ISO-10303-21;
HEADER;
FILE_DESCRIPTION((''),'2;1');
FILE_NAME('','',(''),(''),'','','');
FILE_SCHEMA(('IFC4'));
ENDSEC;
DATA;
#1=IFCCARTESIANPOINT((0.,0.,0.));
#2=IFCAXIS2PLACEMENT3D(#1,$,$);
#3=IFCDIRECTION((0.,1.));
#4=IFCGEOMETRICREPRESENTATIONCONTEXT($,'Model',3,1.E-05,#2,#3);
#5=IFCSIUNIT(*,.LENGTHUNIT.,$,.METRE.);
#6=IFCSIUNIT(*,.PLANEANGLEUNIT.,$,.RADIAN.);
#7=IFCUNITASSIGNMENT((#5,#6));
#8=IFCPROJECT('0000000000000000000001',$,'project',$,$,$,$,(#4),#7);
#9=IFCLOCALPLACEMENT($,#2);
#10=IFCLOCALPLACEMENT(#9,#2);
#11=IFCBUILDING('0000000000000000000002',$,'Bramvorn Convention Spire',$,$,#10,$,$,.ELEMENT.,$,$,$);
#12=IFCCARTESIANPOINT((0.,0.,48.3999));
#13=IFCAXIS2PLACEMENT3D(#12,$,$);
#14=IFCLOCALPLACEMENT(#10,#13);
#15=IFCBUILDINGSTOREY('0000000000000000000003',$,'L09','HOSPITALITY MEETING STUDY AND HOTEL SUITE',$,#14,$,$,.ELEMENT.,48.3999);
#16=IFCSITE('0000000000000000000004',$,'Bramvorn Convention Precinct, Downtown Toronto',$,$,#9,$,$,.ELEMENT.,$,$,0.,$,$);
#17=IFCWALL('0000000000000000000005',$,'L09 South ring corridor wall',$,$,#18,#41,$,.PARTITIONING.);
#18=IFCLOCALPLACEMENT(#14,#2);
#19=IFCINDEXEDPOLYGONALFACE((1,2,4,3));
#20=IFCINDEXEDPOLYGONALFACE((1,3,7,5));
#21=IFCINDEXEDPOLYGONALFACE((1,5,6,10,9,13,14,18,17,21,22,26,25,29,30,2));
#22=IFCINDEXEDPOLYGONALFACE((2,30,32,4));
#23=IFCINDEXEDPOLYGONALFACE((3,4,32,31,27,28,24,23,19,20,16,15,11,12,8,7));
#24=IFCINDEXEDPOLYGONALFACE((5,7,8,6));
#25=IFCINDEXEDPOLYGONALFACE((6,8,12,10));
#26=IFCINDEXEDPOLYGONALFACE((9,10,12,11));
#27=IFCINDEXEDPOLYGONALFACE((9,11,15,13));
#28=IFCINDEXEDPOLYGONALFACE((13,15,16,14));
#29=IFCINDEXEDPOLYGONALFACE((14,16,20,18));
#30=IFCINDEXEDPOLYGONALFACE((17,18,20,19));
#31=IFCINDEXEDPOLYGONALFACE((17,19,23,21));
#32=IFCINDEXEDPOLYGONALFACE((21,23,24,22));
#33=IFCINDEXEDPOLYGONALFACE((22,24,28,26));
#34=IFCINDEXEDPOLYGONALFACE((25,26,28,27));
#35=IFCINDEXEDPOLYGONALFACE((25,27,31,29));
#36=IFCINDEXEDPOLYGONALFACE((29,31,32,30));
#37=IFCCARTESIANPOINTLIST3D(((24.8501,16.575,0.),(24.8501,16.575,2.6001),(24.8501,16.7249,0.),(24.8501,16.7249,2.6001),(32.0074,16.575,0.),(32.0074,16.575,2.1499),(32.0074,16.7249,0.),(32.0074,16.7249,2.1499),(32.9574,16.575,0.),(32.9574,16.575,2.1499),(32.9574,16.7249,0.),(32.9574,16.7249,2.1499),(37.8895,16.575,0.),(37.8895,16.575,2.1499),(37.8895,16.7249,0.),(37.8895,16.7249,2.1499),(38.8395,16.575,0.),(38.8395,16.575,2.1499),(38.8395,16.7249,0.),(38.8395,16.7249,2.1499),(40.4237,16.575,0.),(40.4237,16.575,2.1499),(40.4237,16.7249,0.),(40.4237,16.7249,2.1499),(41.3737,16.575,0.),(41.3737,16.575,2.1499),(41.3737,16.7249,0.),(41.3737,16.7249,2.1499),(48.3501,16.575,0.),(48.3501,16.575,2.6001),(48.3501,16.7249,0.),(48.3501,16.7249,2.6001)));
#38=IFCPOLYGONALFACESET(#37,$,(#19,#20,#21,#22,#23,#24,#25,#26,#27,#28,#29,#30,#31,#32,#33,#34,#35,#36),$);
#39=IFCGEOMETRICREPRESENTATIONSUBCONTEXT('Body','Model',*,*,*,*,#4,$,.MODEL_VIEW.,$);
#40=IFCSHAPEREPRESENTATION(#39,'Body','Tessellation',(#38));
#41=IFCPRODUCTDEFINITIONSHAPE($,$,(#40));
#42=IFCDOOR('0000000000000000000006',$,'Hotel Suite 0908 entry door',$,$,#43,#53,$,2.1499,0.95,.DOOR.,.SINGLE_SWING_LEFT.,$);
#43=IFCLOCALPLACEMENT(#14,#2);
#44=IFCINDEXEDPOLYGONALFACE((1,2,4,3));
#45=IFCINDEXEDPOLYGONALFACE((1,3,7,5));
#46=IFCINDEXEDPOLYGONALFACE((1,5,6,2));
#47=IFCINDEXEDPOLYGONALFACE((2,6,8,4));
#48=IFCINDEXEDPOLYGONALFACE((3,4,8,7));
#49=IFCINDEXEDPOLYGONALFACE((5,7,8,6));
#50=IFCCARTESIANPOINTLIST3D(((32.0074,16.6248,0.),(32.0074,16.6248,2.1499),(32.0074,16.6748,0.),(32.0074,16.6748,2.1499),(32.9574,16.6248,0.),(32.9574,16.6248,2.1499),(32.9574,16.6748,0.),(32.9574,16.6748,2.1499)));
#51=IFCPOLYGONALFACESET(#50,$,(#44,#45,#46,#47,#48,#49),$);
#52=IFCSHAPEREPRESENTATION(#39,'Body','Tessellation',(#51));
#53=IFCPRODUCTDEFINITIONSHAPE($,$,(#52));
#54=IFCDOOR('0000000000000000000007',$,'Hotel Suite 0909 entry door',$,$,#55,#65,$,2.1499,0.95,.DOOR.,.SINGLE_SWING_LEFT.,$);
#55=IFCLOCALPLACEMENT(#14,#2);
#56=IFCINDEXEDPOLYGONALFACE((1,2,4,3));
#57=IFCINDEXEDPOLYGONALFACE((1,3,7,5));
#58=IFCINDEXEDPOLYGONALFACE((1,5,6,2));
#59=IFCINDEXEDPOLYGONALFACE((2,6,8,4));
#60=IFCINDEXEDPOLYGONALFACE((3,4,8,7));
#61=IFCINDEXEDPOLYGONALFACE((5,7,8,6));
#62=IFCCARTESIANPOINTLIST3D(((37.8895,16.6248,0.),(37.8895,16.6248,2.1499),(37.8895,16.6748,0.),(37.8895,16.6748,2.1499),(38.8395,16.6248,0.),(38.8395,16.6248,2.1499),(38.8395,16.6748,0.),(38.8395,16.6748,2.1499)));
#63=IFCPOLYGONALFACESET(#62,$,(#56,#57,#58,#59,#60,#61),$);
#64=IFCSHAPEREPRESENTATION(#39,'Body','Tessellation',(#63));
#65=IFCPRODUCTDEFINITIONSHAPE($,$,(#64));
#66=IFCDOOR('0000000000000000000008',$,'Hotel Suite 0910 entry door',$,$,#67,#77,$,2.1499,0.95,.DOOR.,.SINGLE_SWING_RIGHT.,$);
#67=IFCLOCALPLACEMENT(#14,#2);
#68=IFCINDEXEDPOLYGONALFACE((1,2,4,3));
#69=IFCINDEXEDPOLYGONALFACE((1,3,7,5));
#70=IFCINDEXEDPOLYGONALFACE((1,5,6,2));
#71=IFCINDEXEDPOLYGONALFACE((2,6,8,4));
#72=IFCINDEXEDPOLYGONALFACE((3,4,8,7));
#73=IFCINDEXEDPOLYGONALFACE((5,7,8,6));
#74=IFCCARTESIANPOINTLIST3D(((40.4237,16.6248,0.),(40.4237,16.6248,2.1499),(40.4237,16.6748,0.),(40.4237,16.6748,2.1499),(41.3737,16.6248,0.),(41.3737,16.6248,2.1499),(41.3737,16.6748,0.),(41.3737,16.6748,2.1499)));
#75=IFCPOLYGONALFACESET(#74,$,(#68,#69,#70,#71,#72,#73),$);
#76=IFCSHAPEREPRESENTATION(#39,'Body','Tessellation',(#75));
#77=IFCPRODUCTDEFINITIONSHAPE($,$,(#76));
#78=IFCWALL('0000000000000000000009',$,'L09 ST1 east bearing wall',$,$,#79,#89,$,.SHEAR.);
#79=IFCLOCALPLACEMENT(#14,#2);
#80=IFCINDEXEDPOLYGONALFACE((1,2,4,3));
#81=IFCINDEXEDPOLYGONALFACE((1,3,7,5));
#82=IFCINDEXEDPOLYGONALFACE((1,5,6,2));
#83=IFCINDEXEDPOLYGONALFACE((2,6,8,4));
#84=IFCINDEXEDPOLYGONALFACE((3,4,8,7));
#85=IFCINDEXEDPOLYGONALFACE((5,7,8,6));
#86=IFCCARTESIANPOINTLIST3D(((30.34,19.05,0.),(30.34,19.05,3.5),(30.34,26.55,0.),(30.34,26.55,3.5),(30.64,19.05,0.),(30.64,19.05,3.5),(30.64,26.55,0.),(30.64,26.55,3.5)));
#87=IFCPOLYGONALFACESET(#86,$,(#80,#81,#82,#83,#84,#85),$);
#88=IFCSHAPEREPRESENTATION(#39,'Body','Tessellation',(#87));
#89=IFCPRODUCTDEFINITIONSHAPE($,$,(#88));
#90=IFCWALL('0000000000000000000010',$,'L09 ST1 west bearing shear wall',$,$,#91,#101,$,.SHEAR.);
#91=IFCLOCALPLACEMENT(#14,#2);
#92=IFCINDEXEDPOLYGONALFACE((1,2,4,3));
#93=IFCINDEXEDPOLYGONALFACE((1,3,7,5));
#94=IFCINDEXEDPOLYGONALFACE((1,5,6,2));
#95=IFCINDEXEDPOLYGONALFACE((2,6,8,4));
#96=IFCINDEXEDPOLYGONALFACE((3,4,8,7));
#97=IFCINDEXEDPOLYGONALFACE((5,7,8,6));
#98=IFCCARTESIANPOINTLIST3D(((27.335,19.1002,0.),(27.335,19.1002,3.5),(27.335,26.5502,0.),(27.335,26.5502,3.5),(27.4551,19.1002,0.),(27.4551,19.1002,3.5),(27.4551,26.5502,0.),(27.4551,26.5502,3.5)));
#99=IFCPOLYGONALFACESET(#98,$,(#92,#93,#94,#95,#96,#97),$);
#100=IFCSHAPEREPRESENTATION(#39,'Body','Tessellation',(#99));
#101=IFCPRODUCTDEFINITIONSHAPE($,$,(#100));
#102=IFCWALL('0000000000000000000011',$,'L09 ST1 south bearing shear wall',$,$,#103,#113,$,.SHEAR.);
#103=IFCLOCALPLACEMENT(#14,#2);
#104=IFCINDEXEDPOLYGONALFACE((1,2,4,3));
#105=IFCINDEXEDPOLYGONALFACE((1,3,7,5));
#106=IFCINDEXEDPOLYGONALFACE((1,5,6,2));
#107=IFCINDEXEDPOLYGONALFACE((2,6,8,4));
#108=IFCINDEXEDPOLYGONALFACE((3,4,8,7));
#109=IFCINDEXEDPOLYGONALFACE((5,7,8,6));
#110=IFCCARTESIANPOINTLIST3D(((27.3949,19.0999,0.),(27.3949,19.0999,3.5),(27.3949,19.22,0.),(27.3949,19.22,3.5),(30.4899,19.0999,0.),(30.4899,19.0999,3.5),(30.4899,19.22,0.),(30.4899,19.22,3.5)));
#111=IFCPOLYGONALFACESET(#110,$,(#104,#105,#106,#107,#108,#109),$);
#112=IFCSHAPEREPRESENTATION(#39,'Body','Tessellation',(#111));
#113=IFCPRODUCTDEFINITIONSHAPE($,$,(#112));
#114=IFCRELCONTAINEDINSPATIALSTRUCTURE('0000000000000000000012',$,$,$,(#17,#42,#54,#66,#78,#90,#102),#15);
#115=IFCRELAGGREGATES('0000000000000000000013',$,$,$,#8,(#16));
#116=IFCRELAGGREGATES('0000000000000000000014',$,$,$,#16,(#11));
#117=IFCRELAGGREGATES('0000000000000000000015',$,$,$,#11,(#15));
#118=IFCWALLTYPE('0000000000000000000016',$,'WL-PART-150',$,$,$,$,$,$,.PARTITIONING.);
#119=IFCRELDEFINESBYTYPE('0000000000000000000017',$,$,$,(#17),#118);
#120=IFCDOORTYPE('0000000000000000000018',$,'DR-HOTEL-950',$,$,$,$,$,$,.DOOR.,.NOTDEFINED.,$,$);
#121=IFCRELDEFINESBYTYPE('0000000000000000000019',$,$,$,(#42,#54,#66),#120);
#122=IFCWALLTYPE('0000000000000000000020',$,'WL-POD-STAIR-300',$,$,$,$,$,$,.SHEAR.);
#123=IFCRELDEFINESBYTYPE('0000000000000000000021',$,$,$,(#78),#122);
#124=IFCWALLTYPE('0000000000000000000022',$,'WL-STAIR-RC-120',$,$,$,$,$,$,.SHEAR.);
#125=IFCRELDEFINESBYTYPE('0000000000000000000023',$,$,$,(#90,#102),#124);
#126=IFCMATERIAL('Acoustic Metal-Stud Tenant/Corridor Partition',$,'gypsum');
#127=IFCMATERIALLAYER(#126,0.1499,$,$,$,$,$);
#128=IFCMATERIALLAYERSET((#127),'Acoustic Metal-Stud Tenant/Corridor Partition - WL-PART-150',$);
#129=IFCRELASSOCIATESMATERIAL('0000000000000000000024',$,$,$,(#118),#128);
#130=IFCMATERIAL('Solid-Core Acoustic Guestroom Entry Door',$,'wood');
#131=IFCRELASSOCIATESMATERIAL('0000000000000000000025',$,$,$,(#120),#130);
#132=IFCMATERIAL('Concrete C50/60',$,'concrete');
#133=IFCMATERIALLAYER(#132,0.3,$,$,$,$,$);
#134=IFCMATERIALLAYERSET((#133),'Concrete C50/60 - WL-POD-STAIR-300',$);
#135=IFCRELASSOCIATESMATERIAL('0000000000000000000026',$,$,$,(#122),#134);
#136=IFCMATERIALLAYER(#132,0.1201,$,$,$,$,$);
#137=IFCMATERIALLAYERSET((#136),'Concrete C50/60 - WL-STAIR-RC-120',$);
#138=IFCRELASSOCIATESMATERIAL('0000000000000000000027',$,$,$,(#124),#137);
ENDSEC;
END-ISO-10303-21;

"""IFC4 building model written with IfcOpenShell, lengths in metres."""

from ifc_helpers import new_model, si_unit, direction, frame, frame_2d, origin, place, context, subcontext, project, spatial, rectangle, extrude, material, layer, layer_set, type_object, element, fill, save


model = new_model("IFC4")

# Units and contexts
model_context = context("Model", 3, precision=1e-05, world=origin(), true_north=direction((0.0, 1.0)))
body_context = subcontext(model_context, "Body", "Model", "MODEL_VIEW")
ifc_project = project(units=[si_unit("LENGTHUNIT", "METRE"), si_unit("PLANEANGLEUNIT", "RADIAN")], contexts=[model_context])

# Site, building, storey
site_placement = place(None, origin())
site = spatial("IfcSite", under=ifc_project, at=site_placement, Name="Bramvorn Convention Precinct, Downtown Toronto", CompositionType="ELEMENT", RefElevation=0.0)
building_placement = place(site_placement, origin())
building = spatial("IfcBuilding", under=site, at=building_placement, Name="Bramvorn Convention Spire", CompositionType="ELEMENT")
storey_placement = place(building_placement, frame((0.0, 0.0, 48.3999)))
storey = spatial("IfcBuildingStorey", under=building, at=storey_placement, Name="L09", Description="HOSPITALITY MEETING STUDY AND HOTEL SUITE", CompositionType="ELEMENT", Elevation=48.3999)

# Wall, openings, doors
ifc_material_1 = material(Name="Acoustic Metal-Stud Tenant/Corridor Partition", Category="gypsum")
ifc_layer_1 = layer(ifc_material_1, 0.1499)
ifc_layer_set_1 = layer_set([ifc_layer_1], Name="Acoustic Metal-Stud Tenant/Corridor Partition - WL-PART-150")
wall_type_1 = type_object("IfcWallType", Name="WL-PART-150", PredefinedType="PARTITIONING", material=ifc_layer_set_1)
wall_1_placement = place(storey_placement, frame((24.8501, 16.6499, 0.0), z_axis=(0.0, 0.0, 1.0), x_axis=(1.0, 0.0, 0.0)))
wall_1 = element("IfcWall", 1, at=wall_1_placement, inside=storey, type_object=wall_type_1, Name="L09 South ring corridor wall", PredefinedType="PARTITIONING", context=body_context, shape_type="SweptSolid", body=[
    extrude(rectangle(XDim=23.5, YDim=0.1499, at=frame_2d((11.75, 0.0))), origin(), (0.0, 0.0, 1.0), 2.6001),
])
opening_1_placement = place(wall_1_placement, frame((7.1572, 0.0, 0.0)))
opening_1 = element("IfcOpeningElement", 2, at=opening_1_placement, cuts=wall_1, PredefinedType="OPENING", context=body_context, shape_type="SweptSolid", body=[
    extrude(rectangle(XDim=0.95, YDim=2.1499, at=frame_2d((0.4751, 1.075))), frame((0.0, 0.085, 0.0), z_axis=(0.0, -1.0, 0.0), x_axis=(1.0, 0.0, 0.0)), (0.0, 0.0, 1.0), 0.1699),
])
opening_2_placement = place(wall_1_placement, frame((13.0393, 0.0, 0.0)))
opening_2 = element("IfcOpeningElement", 3, at=opening_2_placement, cuts=wall_1, PredefinedType="OPENING", context=body_context, shape_type="SweptSolid", body=[
    extrude(rectangle(XDim=0.95, YDim=2.1499, at=frame_2d((0.4751, 1.075))), frame((0.0, 0.085, 0.0), z_axis=(0.0, -1.0, 0.0), x_axis=(1.0, 0.0, 0.0)), (0.0, 0.0, 1.0), 0.1699),
])
opening_3_placement = place(wall_1_placement, frame((15.5735, 0.0, 0.0)))
opening_3 = element("IfcOpeningElement", 4, at=opening_3_placement, cuts=wall_1, PredefinedType="OPENING", context=body_context, shape_type="SweptSolid", body=[
    extrude(rectangle(XDim=0.95, YDim=2.1499, at=frame_2d((0.4751, 1.075))), frame((0.0, 0.085, 0.0), z_axis=(0.0, -1.0, 0.0), x_axis=(1.0, 0.0, 0.0)), (0.0, 0.0, 1.0), 0.1699),
])
ifc_material_2 = material(Name="Solid-Core Acoustic Guestroom Entry Door", Category="wood")
door_type_1 = type_object("IfcDoorType", Name="DR-HOTEL-950", OperationType="NOTDEFINED", PredefinedType="DOOR", material=ifc_material_2)
door_1_placement = place(opening_1_placement, origin())
door_1 = element("IfcDoor", 5, at=door_1_placement, inside=storey, type_object=door_type_1, Name="Hotel Suite 0908 entry door", OperationType="SINGLE_SWING_LEFT", OverallHeight=2.1499, OverallWidth=0.95, PredefinedType="DOOR", context=body_context, shape_type="SweptSolid", body=[
    extrude(rectangle(XDim=0.95, YDim=2.1499, at=frame_2d((0.4751, 1.075))), frame((0.0, 0.0249, 0.0), z_axis=(0.0, -1.0, 0.0), x_axis=(1.0, 0.0, 0.0)), (0.0, 0.0, 1.0), 0.05),
])
fill(opening_1, door_1)
door_2_placement = place(opening_2_placement, origin())
door_2 = element("IfcDoor", 6, at=door_2_placement, inside=storey, type_object=door_type_1, Name="Hotel Suite 0909 entry door", OperationType="SINGLE_SWING_LEFT", OverallHeight=2.1499, OverallWidth=0.95, PredefinedType="DOOR", context=body_context, shape_type="SweptSolid", body=[
    extrude(rectangle(XDim=0.95, YDim=2.1499, at=frame_2d((0.4751, 1.075))), frame((0.0, 0.0249, 0.0), z_axis=(0.0, -1.0, 0.0), x_axis=(1.0, 0.0, 0.0)), (0.0, 0.0, 1.0), 0.05),
])
fill(opening_2, door_2)
door_3_placement = place(opening_3_placement, origin())
door_3 = element("IfcDoor", 7, at=door_3_placement, inside=storey, type_object=door_type_1, Name="Hotel Suite 0910 entry door", OperationType="SINGLE_SWING_RIGHT", OverallHeight=2.1499, OverallWidth=0.95, PredefinedType="DOOR", context=body_context, shape_type="SweptSolid", body=[
    extrude(rectangle(XDim=0.95, YDim=2.1499, at=frame_2d((0.4751, 1.075))), frame((0.0, 0.0249, 0.0), z_axis=(0.0, -1.0, 0.0), x_axis=(1.0, 0.0, 0.0)), (0.0, 0.0, 1.0), 0.05),
])
fill(opening_3, door_3)

# Walls
ifc_material_3 = material(Name="Concrete C50/60", Category="concrete")
ifc_layer_2 = layer(ifc_material_3, 0.3)
ifc_layer_set_2 = layer_set([ifc_layer_2], Name="Concrete C50/60 - WL-POD-STAIR-300")
wall_type_2 = type_object("IfcWallType", Name="WL-POD-STAIR-300", PredefinedType="SHEAR", material=ifc_layer_set_2)
wall_2_placement = place(storey_placement, frame((30.49, 19.05, 0.0), z_axis=(0.0, 0.0, 1.0), x_axis=(0.0, 1.0, 0.0)))
element("IfcWall", 8, at=wall_2_placement, inside=storey, type_object=wall_type_2, Name="L09 ST1 east bearing wall", PredefinedType="SHEAR", context=body_context, shape_type="SweptSolid", body=[
    extrude(rectangle(XDim=7.5, YDim=0.3, at=frame_2d((3.75, 0.0))), origin(), (0.0, 0.0, 1.0), 3.5),
])
ifc_layer_3 = layer(ifc_material_3, 0.1201)
ifc_layer_set_3 = layer_set([ifc_layer_3], Name="Concrete C50/60 - WL-STAIR-RC-120")
wall_type_3 = type_object("IfcWallType", Name="WL-STAIR-RC-120", PredefinedType="SHEAR", material=ifc_layer_set_3)
wall_3_placement = place(storey_placement, frame((27.395, 19.1001, 0.0), z_axis=(0.0, 0.0, 1.0), x_axis=(0.0, 1.0, 0.0)))
element("IfcWall", 9, at=wall_3_placement, inside=storey, type_object=wall_type_3, Name="L09 ST1 west bearing shear wall", PredefinedType="SHEAR", context=body_context, shape_type="SweptSolid", body=[
    extrude(rectangle(XDim=7.45, YDim=0.1201, at=frame_2d((3.7251, 0.0))), origin(), (0.0, 0.0, 1.0), 3.5),
])
wall_4_placement = place(storey_placement, frame((27.395, 19.1599, 0.0), z_axis=(0.0, 0.0, 1.0), x_axis=(1.0, 0.0, 0.0)))
element("IfcWall", 10, at=wall_4_placement, inside=storey, type_object=wall_type_3, Name="L09 ST1 south bearing shear wall", PredefinedType="SHEAR", context=body_context, shape_type="SweptSolid", body=[
    extrude(rectangle(XDim=3.095, YDim=0.1201, at=frame_2d((1.5474, 0.0))), origin(), (0.0, 0.0, 1.0), 3.5),
])

save(model, "model.ifc")
